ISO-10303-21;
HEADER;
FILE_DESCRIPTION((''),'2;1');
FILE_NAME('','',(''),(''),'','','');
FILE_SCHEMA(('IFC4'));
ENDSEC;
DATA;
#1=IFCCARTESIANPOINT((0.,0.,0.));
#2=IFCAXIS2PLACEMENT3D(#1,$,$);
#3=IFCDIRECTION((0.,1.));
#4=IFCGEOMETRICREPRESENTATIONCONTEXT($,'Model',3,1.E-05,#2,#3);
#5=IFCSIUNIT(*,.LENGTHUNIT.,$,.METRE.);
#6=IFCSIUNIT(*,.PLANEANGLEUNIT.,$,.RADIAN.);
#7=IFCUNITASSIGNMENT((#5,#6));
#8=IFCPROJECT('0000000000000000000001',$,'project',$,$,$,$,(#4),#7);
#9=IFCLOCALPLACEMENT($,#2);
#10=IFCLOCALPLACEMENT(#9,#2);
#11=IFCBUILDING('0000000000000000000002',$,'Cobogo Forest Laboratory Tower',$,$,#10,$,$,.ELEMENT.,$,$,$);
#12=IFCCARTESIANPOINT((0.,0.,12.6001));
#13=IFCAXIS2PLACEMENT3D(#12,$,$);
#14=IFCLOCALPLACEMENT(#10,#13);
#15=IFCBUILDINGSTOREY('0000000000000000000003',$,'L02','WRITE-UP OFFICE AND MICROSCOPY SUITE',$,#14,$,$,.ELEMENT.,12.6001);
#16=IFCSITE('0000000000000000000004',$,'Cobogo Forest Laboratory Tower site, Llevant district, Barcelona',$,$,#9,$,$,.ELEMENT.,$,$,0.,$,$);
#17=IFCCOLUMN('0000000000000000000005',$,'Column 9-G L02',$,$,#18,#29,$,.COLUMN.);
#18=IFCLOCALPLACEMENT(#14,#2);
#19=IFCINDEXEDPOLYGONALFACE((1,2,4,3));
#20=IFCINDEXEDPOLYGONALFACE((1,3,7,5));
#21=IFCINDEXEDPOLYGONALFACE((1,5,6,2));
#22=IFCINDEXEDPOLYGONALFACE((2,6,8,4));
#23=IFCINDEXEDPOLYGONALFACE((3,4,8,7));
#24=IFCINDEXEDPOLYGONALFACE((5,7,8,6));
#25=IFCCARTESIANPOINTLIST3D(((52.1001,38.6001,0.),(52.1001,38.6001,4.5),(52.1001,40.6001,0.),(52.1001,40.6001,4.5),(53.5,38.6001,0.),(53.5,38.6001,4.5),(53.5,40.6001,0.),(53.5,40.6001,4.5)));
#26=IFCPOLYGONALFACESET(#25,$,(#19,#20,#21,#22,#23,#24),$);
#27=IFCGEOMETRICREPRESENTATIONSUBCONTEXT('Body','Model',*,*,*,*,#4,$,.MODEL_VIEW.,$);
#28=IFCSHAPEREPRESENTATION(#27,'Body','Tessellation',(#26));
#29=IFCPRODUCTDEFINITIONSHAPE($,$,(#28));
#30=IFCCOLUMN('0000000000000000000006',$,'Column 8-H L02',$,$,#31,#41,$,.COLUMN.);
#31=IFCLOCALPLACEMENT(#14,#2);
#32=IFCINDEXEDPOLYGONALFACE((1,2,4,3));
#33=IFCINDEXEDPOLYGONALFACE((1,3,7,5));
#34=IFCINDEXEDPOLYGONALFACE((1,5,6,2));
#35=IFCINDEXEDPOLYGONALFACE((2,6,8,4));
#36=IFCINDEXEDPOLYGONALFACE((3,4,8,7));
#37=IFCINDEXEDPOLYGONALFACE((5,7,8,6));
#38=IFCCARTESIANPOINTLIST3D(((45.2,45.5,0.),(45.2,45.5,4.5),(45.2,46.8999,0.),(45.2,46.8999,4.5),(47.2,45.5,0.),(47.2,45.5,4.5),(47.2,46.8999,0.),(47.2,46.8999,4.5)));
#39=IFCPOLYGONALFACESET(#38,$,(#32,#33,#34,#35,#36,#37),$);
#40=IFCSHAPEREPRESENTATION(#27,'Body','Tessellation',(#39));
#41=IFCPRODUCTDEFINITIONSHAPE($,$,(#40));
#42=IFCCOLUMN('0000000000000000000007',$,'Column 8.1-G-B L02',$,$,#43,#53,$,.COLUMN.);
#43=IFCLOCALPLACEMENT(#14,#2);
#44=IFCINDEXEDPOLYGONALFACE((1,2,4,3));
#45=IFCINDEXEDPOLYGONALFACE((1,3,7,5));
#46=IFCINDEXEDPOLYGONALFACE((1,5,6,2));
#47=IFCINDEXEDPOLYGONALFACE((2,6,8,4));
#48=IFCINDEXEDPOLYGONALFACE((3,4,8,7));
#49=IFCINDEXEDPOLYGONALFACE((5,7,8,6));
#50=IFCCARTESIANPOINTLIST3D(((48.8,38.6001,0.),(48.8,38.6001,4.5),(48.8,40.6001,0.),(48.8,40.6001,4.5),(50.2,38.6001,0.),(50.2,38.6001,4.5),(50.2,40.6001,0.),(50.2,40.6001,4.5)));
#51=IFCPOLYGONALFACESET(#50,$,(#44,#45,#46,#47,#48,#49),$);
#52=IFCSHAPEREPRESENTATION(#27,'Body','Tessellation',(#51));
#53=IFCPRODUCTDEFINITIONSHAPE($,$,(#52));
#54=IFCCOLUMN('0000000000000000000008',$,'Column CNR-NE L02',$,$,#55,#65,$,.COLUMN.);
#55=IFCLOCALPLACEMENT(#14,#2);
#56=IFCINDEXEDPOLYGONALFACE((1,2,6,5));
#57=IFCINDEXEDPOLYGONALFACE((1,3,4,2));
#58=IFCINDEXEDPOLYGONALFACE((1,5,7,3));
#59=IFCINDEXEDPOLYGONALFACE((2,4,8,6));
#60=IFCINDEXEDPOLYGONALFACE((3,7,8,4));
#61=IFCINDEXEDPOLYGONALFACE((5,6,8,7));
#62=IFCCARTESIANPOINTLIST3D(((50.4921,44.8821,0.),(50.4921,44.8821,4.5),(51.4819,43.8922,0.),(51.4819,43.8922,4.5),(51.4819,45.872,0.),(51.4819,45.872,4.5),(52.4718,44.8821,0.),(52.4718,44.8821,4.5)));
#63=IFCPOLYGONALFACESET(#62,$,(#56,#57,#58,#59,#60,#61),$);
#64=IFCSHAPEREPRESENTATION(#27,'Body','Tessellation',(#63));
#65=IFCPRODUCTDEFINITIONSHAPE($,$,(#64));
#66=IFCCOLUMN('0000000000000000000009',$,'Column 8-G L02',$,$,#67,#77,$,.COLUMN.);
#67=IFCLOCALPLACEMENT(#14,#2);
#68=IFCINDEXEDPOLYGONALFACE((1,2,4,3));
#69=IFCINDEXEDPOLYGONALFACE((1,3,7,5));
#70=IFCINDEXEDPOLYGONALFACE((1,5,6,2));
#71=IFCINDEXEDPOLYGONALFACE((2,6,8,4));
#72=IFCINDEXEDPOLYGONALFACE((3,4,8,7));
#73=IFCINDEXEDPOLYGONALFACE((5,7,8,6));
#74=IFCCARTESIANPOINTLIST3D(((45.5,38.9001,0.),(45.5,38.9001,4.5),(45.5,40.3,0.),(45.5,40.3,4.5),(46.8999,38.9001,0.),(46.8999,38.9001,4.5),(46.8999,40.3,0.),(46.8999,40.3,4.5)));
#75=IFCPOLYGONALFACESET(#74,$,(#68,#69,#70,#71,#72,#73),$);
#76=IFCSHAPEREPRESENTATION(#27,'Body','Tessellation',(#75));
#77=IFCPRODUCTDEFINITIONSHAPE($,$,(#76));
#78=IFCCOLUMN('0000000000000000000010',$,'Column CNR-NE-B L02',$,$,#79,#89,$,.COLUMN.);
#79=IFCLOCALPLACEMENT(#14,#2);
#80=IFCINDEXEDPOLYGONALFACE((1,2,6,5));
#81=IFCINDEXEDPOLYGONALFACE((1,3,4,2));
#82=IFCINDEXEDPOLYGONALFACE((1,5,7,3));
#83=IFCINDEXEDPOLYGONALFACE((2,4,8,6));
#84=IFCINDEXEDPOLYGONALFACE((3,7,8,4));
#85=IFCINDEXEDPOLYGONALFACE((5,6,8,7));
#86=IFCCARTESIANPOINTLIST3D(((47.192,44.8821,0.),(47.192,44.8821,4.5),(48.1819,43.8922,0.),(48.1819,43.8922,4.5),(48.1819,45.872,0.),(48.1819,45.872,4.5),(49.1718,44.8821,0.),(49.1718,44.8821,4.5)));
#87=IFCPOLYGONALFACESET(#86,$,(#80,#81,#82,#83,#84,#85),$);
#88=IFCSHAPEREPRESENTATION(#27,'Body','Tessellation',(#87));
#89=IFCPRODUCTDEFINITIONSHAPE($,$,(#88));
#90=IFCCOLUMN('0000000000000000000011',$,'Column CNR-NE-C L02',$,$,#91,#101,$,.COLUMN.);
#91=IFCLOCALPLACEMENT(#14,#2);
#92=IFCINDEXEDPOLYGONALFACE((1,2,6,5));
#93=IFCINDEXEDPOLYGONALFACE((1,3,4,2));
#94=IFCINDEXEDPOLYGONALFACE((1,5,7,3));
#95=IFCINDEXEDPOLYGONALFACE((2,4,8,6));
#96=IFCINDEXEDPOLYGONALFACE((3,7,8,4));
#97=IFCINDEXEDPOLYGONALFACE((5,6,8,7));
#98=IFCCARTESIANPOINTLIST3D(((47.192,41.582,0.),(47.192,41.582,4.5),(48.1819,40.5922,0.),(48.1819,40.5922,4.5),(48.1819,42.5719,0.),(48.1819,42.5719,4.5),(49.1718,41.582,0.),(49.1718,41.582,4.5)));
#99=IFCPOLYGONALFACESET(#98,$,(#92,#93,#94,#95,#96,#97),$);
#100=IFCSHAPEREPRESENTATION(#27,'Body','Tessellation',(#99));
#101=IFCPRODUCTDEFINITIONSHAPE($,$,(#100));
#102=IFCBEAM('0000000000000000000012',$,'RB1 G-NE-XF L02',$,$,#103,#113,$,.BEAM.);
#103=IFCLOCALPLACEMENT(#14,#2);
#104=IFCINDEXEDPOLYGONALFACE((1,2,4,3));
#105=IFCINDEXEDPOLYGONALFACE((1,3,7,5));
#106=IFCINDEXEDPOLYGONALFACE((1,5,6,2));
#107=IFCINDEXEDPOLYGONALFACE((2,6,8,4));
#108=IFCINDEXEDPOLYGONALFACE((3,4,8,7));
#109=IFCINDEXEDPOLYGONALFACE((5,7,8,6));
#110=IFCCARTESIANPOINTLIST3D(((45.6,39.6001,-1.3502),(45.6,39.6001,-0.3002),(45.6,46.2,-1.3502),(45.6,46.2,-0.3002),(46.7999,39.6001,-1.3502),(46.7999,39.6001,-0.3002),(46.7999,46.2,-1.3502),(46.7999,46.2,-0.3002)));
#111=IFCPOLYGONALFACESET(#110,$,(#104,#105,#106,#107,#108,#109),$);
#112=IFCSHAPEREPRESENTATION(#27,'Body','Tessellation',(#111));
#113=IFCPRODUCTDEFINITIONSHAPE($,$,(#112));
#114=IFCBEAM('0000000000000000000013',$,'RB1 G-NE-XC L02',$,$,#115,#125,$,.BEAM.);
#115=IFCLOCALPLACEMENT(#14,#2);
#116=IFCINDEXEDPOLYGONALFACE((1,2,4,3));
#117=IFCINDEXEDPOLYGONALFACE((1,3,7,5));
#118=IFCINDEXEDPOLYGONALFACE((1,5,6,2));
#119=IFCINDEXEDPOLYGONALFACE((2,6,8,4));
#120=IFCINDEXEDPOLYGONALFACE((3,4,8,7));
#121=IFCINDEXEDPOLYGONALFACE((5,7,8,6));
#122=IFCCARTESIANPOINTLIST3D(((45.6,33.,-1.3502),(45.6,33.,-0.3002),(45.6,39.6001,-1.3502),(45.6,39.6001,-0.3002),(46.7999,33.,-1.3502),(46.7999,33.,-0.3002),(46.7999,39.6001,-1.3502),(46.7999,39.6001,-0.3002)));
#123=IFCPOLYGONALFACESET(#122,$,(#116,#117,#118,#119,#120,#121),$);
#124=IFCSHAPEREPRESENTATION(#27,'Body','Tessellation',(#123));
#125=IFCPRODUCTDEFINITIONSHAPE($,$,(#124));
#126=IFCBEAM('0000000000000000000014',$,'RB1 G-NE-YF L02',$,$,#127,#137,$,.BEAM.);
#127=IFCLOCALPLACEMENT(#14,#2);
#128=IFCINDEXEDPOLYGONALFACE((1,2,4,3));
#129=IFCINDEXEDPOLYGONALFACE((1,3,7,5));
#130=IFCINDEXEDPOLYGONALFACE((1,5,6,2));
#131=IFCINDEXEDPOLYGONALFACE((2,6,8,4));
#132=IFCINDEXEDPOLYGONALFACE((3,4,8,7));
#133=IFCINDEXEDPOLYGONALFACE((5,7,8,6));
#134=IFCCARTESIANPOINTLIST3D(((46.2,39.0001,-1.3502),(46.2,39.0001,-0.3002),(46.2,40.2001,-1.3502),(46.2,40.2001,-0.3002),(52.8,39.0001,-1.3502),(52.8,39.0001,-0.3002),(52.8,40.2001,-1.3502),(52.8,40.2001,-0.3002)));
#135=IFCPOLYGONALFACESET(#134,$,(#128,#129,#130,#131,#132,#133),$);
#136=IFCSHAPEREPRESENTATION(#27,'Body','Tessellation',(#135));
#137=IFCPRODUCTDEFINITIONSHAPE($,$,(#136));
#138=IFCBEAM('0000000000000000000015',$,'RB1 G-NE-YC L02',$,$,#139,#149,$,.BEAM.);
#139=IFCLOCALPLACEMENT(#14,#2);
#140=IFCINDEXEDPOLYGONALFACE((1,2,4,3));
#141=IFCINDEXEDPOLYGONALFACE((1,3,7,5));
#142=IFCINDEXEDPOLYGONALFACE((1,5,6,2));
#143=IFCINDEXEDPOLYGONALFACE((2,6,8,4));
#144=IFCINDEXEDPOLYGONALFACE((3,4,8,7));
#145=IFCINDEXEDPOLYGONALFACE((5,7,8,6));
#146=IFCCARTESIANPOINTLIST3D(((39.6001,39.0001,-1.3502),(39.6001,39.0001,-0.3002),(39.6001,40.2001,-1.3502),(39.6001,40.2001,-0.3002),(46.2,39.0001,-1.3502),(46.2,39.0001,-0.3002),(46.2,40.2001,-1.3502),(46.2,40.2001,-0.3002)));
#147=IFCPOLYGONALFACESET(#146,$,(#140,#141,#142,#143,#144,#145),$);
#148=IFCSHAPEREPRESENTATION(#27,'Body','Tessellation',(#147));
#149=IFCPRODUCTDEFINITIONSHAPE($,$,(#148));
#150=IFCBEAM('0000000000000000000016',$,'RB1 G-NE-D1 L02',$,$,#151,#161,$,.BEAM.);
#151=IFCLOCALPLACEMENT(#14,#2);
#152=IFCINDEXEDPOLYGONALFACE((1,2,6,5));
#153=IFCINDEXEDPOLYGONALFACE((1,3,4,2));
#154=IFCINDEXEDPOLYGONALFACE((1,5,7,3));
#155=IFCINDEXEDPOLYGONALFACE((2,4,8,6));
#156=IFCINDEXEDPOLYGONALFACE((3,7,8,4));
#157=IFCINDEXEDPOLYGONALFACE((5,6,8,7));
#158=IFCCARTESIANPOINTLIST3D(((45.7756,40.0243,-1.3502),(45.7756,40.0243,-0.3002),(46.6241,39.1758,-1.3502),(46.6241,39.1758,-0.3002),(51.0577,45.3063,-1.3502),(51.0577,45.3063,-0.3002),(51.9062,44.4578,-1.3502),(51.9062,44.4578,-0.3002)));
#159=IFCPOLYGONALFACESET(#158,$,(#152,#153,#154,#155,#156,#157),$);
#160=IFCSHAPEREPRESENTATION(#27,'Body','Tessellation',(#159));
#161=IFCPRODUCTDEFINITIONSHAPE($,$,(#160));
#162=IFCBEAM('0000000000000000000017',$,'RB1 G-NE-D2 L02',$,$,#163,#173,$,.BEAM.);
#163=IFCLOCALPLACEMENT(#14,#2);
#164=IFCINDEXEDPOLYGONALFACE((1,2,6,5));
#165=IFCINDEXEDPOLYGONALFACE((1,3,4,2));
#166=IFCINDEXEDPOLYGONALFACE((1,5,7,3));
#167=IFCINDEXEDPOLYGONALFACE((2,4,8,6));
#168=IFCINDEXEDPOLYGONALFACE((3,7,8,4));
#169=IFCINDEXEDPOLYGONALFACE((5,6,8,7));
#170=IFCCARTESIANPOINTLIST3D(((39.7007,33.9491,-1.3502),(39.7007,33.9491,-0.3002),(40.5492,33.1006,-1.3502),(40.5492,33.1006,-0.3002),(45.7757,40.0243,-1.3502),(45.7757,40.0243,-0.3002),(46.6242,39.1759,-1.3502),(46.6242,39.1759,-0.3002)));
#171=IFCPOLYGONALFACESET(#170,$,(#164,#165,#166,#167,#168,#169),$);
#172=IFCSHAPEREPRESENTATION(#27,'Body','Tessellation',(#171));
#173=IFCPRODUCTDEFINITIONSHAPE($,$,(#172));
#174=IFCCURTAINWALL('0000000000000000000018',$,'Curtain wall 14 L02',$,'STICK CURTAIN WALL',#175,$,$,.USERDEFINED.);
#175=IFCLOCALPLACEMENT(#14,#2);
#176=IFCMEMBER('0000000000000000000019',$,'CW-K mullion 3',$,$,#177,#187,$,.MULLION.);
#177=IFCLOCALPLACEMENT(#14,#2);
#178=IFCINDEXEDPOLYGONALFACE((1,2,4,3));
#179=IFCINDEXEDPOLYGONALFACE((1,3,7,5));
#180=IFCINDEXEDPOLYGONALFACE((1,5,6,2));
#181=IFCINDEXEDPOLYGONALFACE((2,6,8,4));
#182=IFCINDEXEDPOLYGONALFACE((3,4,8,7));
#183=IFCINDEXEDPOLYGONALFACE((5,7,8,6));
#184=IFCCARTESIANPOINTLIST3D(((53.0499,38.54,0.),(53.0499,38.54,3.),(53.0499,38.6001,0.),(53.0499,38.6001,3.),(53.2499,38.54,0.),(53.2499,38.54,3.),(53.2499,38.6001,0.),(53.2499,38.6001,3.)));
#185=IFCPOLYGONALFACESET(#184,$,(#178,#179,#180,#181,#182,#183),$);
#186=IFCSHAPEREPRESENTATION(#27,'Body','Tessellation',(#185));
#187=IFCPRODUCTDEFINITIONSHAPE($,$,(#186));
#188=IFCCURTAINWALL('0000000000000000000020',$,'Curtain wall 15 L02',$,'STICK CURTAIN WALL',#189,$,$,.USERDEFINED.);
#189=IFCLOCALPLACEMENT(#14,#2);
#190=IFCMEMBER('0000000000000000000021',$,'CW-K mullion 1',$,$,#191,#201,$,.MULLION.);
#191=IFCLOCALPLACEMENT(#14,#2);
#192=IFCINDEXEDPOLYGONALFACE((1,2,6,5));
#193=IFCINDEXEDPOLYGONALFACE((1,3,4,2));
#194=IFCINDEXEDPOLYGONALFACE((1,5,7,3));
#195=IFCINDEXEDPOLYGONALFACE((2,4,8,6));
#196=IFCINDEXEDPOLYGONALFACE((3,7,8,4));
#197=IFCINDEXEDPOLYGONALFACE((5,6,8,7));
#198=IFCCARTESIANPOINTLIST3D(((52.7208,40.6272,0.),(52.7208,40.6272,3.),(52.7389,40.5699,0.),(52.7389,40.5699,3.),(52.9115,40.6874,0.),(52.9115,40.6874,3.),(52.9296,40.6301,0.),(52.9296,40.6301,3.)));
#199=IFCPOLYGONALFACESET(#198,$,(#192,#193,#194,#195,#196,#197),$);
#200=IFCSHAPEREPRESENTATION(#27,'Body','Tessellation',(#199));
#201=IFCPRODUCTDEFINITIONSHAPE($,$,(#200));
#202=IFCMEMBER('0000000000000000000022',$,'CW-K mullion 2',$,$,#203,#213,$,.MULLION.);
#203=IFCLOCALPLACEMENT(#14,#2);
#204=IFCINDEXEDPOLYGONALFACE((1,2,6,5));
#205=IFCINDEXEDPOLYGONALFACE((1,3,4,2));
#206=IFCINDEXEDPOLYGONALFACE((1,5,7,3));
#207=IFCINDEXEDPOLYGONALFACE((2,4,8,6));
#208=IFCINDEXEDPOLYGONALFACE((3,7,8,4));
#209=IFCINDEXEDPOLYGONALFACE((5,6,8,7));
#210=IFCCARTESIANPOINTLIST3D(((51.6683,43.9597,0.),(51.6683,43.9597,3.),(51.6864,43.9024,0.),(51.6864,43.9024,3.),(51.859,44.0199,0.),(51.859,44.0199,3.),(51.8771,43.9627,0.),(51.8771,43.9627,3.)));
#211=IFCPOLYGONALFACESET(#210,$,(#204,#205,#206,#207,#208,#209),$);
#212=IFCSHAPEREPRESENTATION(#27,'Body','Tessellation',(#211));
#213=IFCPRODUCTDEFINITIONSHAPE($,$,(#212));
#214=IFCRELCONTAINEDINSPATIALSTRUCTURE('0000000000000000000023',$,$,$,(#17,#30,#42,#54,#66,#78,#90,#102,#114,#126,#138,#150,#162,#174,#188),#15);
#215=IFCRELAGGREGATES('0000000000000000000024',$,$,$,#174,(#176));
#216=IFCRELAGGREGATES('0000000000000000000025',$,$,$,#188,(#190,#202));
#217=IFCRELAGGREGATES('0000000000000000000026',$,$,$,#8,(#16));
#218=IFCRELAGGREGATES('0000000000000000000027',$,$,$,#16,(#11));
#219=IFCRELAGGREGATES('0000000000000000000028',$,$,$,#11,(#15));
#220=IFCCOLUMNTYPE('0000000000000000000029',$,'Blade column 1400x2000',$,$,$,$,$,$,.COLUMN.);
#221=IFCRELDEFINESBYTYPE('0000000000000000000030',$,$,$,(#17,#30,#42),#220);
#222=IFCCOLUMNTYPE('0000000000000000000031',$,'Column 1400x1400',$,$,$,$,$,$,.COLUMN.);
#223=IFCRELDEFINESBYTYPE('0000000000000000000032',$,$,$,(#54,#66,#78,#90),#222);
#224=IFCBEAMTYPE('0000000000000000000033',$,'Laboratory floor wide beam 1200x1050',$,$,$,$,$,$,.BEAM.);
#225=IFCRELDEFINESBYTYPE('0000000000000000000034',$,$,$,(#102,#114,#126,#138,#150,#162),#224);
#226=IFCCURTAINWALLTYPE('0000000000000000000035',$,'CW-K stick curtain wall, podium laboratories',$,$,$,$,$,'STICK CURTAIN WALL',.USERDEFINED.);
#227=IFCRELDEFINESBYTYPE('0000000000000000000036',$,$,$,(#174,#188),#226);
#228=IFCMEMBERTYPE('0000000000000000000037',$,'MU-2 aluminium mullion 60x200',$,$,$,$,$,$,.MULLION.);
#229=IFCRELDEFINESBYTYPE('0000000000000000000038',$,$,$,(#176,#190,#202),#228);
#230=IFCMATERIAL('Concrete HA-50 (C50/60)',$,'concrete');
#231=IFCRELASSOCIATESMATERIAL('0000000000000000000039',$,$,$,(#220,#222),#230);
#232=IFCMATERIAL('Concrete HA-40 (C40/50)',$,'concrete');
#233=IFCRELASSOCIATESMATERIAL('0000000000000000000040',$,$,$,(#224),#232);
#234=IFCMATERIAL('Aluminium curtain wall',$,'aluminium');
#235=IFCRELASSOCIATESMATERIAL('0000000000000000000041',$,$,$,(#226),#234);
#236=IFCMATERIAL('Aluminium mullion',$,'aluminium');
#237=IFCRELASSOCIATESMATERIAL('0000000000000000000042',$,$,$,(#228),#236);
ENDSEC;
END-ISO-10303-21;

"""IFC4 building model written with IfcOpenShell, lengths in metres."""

from ifc_helpers import new_model, si_unit, direction, frame, origin, origin_2d, place, context, subcontext, project, spatial, rectangle, extrude, material, material_profile, profile_set, type_object, element, aggregate, save


model = new_model("IFC4")

# Units and contexts
model_context = context("Model", 3, precision=1e-05, world=origin(), true_north=direction((0.0, 1.0)))
body_context = subcontext(model_context, "Body", "Model", "MODEL_VIEW")
ifc_project = project(units=[si_unit("LENGTHUNIT", "METRE"), si_unit("PLANEANGLEUNIT", "RADIAN")], contexts=[model_context])

# Site, building, storey
site_placement = place(None, origin())
site = spatial("IfcSite", under=ifc_project, at=site_placement, Name="Cobogo Forest Laboratory Tower site, Llevant district, Barcelona", CompositionType="ELEMENT", RefElevation=0.0)
building_placement = place(site_placement, origin())
building = spatial("IfcBuilding", under=site, at=building_placement, Name="Cobogo Forest Laboratory Tower", CompositionType="ELEMENT")
storey_placement = place(building_placement, frame((0.0, 0.0, 12.6001)))
storey = spatial("IfcBuildingStorey", under=building, at=storey_placement, Name="L02", Description="WRITE-UP OFFICE AND MICROSCOPY SUITE", CompositionType="ELEMENT", Elevation=12.6001)

# Columns
ifc_material_1 = material(Name="Concrete HA-50 (C50/60)", Category="concrete")
ifc_material_profile_1 = material_profile(ifc_material_1, rectangle(XDim=2.0, YDim=1.3999, at=origin_2d()), Name="RC 1400x2000")
ifc_profile_set_1 = profile_set([ifc_material_profile_1], Name="Concrete HA-50 (C50/60)")
column_type_1 = type_object("IfcColumnType", Name="Blade column 1400x2000", PredefinedType="COLUMN", material=ifc_profile_set_1)
for number, where, z_axis, x_axis, name in (
    (1, (52.8, 39.6001, 0.0), (0.0, 0.0, 1.0), (0.0, 1.0, 0.0), "Column 9-G L02"),
    (2, (46.2, 46.2, 0.0), (0.0, 0.0, 1.0), (1.0, 0.0, 0.0), "Column 8-H L02"),
    (3, (49.5, 39.6001, 0.0), (0.0, 0.0, 1.0), (0.0, 1.0, 0.0), "Column 8.1-G-B L02"),
):
    element("IfcColumn", number, at=place(storey_placement, frame(where, z_axis=z_axis, x_axis=x_axis)), inside=storey, type_object=column_type_1, Name=name, PredefinedType="COLUMN", context=body_context, shape_type="SweptSolid", body=[
        extrude(rectangle(XDim=2.0, YDim=1.3999, at=origin_2d()), origin(), (0.0, 0.0, 1.0), 4.5),
    ])
ifc_material_profile_2 = material_profile(ifc_material_1, rectangle(XDim=1.3999, YDim=1.3999, at=origin_2d()), Name="RC 1400x1400")
ifc_profile_set_2 = profile_set([ifc_material_profile_2], Name="Concrete HA-50 (C50/60)")
column_type_2 = type_object("IfcColumnType", Name="Column 1400x1400", PredefinedType="COLUMN", material=ifc_profile_set_2)
for number, where, z_axis, x_axis, name in (
    (4, (51.4819, 44.8821, 0.0), (0.0, 0.0, 1.0), (0.707107, 0.707107, 0.0), "Column CNR-NE L02"),
    (5, (46.2, 39.6001, 0.0), (0.0, 0.0, 1.0), (1.0, 0.0, 0.0), "Column 8-G L02"),
    (6, (48.1819, 44.8821, 0.0), (0.0, 0.0, 1.0), (0.707107, 0.707107, 0.0), "Column CNR-NE-B L02"),
    (7, (48.1819, 41.582, 0.0), (0.0, 0.0, 1.0), (0.707107, 0.707107, 0.0), "Column CNR-NE-C L02"),
):
    element("IfcColumn", number, at=place(storey_placement, frame(where, z_axis=z_axis, x_axis=x_axis)), inside=storey, type_object=column_type_2, Name=name, PredefinedType="COLUMN", context=body_context, shape_type="SweptSolid", body=[
        extrude(rectangle(XDim=1.3999, YDim=1.3999, at=origin_2d()), origin(), (0.0, 0.0, 1.0), 4.5),
    ])

# Beams
ifc_material_2 = material(Name="Concrete HA-40 (C40/50)", Category="concrete")
ifc_material_profile_3 = material_profile(ifc_material_2, rectangle(XDim=1.2, YDim=1.05, at=origin_2d()), Name="RC 1200x1050")
ifc_profile_set_3 = profile_set([ifc_material_profile_3], Name="Concrete HA-40 (C40/50)")
beam_type_1 = type_object("IfcBeamType", Name="Laboratory floor wide beam 1200x1050", PredefinedType="BEAM", material=ifc_profile_set_3)
beam_1_placement = place(storey_placement, frame((46.2, 46.2, -0.8252), z_axis=(0.0, -1.0, 0.0), x_axis=(1.0, 0.0, 0.0)))
element("IfcBeam", 8, at=beam_1_placement, inside=storey, type_object=beam_type_1, Name="RB1 G-NE-XF L02", PredefinedType="BEAM", context=body_context, shape_type="SweptSolid", body=[
    extrude(rectangle(XDim=1.2, YDim=1.05, at=origin_2d()), origin(), (0.0, 0.0, 1.0), 6.5999),
])
for number, where, z_axis, x_axis, name in (
    (9, (46.2, 39.6001, -0.8252), (0.0, -1.0, 0.0), (1.0, 0.0, 0.0), "RB1 G-NE-XC L02"),
    (10, (52.8, 39.6001, -0.8252), (-1.0, 0.0, 0.0), (0.0, -1.0, 0.0), "RB1 G-NE-YF L02"),
):
    element("IfcBeam", number, at=place(storey_placement, frame(where, z_axis=z_axis, x_axis=x_axis)), inside=storey, type_object=beam_type_1, Name=name, PredefinedType="BEAM", context=body_context, shape_type="SweptSolid", body=[
        extrude(rectangle(XDim=1.2, YDim=1.05, at=origin_2d()), origin(), (0.0, 0.0, 1.0), 6.6001),
    ])
beam_2_placement = place(storey_placement, frame((46.2, 39.6001, -0.8252), z_axis=(-1.0, 0.0, 0.0), x_axis=(0.0, -1.0, 0.0)))
element("IfcBeam", 11, at=beam_2_placement, inside=storey, type_object=beam_type_1, Name="RB1 G-NE-YC L02", PredefinedType="BEAM", context=body_context, shape_type="SweptSolid", body=[
    extrude(rectangle(XDim=1.2, YDim=1.05, at=origin_2d()), origin(), (0.0, 0.0, 1.0), 6.5999),
])
beam_3_placement = place(storey_placement, frame((51.4819, 44.8821, -0.8252), z_axis=(-0.707107, -0.707107, 0.0), x_axis=(0.707107, -0.707107, 0.0)))
element("IfcBeam", 12, at=beam_3_placement, inside=storey, type_object=beam_type_1, Name="RB1 G-NE-D1 L02", PredefinedType="BEAM", context=body_context, shape_type="SweptSolid", body=[
    extrude(rectangle(XDim=1.2, YDim=1.05, at=origin_2d()), origin(), (0.0, 0.0, 1.0), 7.47),
])
beam_4_placement = place(storey_placement, frame((46.2, 39.6001, -0.8252), z_axis=(-0.707093, -0.707121, 0.0), x_axis=(0.707121, -0.707093, 0.0)))
element("IfcBeam", 13, at=beam_4_placement, inside=storey, type_object=beam_type_1, Name="RB1 G-NE-D2 L02", PredefinedType="BEAM", context=body_context, shape_type="SweptSolid", body=[
    extrude(rectangle(XDim=1.2, YDim=1.05, at=origin_2d()), origin(), (0.0, 0.0, 1.0), 8.5916),
])

# Curtain wall, member
ifc_material_3 = material(Name="Aluminium curtain wall", Category="aluminium")
curtain_wall_type = type_object("IfcCurtainWallType", Name="CW-K stick curtain wall, podium laboratories", ElementType="STICK CURTAIN WALL", PredefinedType="USERDEFINED", material=ifc_material_3)
curtain_wall_1_placement = place(storey_placement, origin())
curtain_wall_1 = element("IfcCurtainWall", 14, at=curtain_wall_1_placement, inside=storey, type_object=curtain_wall_type, Name="Curtain wall 14 L02", ObjectType="STICK CURTAIN WALL", PredefinedType="USERDEFINED")
ifc_material_4 = material(Name="Aluminium mullion", Category="aluminium")
ifc_material_profile_4 = material_profile(ifc_material_4, rectangle(XDim=0.0601, YDim=0.2, at=origin_2d()), Name="AL 60x200")
ifc_profile_set_4 = profile_set([ifc_material_profile_4], Name="Aluminium mullion")
member_type_1 = type_object("IfcMemberType", Name="MU-2 aluminium mullion 60x200", PredefinedType="MULLION", material=ifc_profile_set_4)
member_1_placement = place(storey_placement, frame((53.1499, 38.5701, 0.0), z_axis=(0.0, 0.0, 1.0), x_axis=(0.0, 1.0, 0.0)))
member_1 = element("IfcMember", 15, at=member_1_placement, type_object=member_type_1, Name="CW-K mullion 3", PredefinedType="MULLION", context=body_context, shape_type="SweptSolid", body=[
    extrude(rectangle(XDim=0.0601, YDim=0.2, at=origin_2d()), origin(), (0.0, 0.0, 1.0), 3.0),
])

# Curtain wall, members
curtain_wall_2_placement = place(storey_placement, origin())
curtain_wall_2 = element("IfcCurtainWall", 16, at=curtain_wall_2_placement, inside=storey, type_object=curtain_wall_type, Name="Curtain wall 15 L02", ObjectType="STICK CURTAIN WALL", PredefinedType="USERDEFINED")
member_2_placement = place(storey_placement, frame((52.8252, 40.6287, 0.0), z_axis=(0.0, 0.0, 1.0), x_axis=(-0.301135, 0.953581, 0.0)))
member_2 = element("IfcMember", 17, at=member_2_placement, type_object=member_type_1, Name="CW-K mullion 1", PredefinedType="MULLION", context=body_context, shape_type="SweptSolid", body=[
    extrude(rectangle(XDim=0.0601, YDim=0.2, at=origin_2d()), origin(), (0.0, 0.0, 1.0), 3.0),
])
member_3_placement = place(storey_placement, frame((51.7727, 43.9612, 0.0), z_axis=(0.0, 0.0, 1.0), x_axis=(-0.301135, 0.953581, 0.0)))
member_3 = element("IfcMember", 18, at=member_3_placement, type_object=member_type_1, Name="CW-K mullion 2", PredefinedType="MULLION", context=body_context, shape_type="SweptSolid", body=[
    extrude(rectangle(XDim=0.0601, YDim=0.2, at=origin_2d()), origin(), (0.0, 0.0, 1.0), 3.0),
])

aggregate(curtain_wall_1, [member_1])
aggregate(curtain_wall_2, [member_2, member_3])

save(model, "model.ifc")
